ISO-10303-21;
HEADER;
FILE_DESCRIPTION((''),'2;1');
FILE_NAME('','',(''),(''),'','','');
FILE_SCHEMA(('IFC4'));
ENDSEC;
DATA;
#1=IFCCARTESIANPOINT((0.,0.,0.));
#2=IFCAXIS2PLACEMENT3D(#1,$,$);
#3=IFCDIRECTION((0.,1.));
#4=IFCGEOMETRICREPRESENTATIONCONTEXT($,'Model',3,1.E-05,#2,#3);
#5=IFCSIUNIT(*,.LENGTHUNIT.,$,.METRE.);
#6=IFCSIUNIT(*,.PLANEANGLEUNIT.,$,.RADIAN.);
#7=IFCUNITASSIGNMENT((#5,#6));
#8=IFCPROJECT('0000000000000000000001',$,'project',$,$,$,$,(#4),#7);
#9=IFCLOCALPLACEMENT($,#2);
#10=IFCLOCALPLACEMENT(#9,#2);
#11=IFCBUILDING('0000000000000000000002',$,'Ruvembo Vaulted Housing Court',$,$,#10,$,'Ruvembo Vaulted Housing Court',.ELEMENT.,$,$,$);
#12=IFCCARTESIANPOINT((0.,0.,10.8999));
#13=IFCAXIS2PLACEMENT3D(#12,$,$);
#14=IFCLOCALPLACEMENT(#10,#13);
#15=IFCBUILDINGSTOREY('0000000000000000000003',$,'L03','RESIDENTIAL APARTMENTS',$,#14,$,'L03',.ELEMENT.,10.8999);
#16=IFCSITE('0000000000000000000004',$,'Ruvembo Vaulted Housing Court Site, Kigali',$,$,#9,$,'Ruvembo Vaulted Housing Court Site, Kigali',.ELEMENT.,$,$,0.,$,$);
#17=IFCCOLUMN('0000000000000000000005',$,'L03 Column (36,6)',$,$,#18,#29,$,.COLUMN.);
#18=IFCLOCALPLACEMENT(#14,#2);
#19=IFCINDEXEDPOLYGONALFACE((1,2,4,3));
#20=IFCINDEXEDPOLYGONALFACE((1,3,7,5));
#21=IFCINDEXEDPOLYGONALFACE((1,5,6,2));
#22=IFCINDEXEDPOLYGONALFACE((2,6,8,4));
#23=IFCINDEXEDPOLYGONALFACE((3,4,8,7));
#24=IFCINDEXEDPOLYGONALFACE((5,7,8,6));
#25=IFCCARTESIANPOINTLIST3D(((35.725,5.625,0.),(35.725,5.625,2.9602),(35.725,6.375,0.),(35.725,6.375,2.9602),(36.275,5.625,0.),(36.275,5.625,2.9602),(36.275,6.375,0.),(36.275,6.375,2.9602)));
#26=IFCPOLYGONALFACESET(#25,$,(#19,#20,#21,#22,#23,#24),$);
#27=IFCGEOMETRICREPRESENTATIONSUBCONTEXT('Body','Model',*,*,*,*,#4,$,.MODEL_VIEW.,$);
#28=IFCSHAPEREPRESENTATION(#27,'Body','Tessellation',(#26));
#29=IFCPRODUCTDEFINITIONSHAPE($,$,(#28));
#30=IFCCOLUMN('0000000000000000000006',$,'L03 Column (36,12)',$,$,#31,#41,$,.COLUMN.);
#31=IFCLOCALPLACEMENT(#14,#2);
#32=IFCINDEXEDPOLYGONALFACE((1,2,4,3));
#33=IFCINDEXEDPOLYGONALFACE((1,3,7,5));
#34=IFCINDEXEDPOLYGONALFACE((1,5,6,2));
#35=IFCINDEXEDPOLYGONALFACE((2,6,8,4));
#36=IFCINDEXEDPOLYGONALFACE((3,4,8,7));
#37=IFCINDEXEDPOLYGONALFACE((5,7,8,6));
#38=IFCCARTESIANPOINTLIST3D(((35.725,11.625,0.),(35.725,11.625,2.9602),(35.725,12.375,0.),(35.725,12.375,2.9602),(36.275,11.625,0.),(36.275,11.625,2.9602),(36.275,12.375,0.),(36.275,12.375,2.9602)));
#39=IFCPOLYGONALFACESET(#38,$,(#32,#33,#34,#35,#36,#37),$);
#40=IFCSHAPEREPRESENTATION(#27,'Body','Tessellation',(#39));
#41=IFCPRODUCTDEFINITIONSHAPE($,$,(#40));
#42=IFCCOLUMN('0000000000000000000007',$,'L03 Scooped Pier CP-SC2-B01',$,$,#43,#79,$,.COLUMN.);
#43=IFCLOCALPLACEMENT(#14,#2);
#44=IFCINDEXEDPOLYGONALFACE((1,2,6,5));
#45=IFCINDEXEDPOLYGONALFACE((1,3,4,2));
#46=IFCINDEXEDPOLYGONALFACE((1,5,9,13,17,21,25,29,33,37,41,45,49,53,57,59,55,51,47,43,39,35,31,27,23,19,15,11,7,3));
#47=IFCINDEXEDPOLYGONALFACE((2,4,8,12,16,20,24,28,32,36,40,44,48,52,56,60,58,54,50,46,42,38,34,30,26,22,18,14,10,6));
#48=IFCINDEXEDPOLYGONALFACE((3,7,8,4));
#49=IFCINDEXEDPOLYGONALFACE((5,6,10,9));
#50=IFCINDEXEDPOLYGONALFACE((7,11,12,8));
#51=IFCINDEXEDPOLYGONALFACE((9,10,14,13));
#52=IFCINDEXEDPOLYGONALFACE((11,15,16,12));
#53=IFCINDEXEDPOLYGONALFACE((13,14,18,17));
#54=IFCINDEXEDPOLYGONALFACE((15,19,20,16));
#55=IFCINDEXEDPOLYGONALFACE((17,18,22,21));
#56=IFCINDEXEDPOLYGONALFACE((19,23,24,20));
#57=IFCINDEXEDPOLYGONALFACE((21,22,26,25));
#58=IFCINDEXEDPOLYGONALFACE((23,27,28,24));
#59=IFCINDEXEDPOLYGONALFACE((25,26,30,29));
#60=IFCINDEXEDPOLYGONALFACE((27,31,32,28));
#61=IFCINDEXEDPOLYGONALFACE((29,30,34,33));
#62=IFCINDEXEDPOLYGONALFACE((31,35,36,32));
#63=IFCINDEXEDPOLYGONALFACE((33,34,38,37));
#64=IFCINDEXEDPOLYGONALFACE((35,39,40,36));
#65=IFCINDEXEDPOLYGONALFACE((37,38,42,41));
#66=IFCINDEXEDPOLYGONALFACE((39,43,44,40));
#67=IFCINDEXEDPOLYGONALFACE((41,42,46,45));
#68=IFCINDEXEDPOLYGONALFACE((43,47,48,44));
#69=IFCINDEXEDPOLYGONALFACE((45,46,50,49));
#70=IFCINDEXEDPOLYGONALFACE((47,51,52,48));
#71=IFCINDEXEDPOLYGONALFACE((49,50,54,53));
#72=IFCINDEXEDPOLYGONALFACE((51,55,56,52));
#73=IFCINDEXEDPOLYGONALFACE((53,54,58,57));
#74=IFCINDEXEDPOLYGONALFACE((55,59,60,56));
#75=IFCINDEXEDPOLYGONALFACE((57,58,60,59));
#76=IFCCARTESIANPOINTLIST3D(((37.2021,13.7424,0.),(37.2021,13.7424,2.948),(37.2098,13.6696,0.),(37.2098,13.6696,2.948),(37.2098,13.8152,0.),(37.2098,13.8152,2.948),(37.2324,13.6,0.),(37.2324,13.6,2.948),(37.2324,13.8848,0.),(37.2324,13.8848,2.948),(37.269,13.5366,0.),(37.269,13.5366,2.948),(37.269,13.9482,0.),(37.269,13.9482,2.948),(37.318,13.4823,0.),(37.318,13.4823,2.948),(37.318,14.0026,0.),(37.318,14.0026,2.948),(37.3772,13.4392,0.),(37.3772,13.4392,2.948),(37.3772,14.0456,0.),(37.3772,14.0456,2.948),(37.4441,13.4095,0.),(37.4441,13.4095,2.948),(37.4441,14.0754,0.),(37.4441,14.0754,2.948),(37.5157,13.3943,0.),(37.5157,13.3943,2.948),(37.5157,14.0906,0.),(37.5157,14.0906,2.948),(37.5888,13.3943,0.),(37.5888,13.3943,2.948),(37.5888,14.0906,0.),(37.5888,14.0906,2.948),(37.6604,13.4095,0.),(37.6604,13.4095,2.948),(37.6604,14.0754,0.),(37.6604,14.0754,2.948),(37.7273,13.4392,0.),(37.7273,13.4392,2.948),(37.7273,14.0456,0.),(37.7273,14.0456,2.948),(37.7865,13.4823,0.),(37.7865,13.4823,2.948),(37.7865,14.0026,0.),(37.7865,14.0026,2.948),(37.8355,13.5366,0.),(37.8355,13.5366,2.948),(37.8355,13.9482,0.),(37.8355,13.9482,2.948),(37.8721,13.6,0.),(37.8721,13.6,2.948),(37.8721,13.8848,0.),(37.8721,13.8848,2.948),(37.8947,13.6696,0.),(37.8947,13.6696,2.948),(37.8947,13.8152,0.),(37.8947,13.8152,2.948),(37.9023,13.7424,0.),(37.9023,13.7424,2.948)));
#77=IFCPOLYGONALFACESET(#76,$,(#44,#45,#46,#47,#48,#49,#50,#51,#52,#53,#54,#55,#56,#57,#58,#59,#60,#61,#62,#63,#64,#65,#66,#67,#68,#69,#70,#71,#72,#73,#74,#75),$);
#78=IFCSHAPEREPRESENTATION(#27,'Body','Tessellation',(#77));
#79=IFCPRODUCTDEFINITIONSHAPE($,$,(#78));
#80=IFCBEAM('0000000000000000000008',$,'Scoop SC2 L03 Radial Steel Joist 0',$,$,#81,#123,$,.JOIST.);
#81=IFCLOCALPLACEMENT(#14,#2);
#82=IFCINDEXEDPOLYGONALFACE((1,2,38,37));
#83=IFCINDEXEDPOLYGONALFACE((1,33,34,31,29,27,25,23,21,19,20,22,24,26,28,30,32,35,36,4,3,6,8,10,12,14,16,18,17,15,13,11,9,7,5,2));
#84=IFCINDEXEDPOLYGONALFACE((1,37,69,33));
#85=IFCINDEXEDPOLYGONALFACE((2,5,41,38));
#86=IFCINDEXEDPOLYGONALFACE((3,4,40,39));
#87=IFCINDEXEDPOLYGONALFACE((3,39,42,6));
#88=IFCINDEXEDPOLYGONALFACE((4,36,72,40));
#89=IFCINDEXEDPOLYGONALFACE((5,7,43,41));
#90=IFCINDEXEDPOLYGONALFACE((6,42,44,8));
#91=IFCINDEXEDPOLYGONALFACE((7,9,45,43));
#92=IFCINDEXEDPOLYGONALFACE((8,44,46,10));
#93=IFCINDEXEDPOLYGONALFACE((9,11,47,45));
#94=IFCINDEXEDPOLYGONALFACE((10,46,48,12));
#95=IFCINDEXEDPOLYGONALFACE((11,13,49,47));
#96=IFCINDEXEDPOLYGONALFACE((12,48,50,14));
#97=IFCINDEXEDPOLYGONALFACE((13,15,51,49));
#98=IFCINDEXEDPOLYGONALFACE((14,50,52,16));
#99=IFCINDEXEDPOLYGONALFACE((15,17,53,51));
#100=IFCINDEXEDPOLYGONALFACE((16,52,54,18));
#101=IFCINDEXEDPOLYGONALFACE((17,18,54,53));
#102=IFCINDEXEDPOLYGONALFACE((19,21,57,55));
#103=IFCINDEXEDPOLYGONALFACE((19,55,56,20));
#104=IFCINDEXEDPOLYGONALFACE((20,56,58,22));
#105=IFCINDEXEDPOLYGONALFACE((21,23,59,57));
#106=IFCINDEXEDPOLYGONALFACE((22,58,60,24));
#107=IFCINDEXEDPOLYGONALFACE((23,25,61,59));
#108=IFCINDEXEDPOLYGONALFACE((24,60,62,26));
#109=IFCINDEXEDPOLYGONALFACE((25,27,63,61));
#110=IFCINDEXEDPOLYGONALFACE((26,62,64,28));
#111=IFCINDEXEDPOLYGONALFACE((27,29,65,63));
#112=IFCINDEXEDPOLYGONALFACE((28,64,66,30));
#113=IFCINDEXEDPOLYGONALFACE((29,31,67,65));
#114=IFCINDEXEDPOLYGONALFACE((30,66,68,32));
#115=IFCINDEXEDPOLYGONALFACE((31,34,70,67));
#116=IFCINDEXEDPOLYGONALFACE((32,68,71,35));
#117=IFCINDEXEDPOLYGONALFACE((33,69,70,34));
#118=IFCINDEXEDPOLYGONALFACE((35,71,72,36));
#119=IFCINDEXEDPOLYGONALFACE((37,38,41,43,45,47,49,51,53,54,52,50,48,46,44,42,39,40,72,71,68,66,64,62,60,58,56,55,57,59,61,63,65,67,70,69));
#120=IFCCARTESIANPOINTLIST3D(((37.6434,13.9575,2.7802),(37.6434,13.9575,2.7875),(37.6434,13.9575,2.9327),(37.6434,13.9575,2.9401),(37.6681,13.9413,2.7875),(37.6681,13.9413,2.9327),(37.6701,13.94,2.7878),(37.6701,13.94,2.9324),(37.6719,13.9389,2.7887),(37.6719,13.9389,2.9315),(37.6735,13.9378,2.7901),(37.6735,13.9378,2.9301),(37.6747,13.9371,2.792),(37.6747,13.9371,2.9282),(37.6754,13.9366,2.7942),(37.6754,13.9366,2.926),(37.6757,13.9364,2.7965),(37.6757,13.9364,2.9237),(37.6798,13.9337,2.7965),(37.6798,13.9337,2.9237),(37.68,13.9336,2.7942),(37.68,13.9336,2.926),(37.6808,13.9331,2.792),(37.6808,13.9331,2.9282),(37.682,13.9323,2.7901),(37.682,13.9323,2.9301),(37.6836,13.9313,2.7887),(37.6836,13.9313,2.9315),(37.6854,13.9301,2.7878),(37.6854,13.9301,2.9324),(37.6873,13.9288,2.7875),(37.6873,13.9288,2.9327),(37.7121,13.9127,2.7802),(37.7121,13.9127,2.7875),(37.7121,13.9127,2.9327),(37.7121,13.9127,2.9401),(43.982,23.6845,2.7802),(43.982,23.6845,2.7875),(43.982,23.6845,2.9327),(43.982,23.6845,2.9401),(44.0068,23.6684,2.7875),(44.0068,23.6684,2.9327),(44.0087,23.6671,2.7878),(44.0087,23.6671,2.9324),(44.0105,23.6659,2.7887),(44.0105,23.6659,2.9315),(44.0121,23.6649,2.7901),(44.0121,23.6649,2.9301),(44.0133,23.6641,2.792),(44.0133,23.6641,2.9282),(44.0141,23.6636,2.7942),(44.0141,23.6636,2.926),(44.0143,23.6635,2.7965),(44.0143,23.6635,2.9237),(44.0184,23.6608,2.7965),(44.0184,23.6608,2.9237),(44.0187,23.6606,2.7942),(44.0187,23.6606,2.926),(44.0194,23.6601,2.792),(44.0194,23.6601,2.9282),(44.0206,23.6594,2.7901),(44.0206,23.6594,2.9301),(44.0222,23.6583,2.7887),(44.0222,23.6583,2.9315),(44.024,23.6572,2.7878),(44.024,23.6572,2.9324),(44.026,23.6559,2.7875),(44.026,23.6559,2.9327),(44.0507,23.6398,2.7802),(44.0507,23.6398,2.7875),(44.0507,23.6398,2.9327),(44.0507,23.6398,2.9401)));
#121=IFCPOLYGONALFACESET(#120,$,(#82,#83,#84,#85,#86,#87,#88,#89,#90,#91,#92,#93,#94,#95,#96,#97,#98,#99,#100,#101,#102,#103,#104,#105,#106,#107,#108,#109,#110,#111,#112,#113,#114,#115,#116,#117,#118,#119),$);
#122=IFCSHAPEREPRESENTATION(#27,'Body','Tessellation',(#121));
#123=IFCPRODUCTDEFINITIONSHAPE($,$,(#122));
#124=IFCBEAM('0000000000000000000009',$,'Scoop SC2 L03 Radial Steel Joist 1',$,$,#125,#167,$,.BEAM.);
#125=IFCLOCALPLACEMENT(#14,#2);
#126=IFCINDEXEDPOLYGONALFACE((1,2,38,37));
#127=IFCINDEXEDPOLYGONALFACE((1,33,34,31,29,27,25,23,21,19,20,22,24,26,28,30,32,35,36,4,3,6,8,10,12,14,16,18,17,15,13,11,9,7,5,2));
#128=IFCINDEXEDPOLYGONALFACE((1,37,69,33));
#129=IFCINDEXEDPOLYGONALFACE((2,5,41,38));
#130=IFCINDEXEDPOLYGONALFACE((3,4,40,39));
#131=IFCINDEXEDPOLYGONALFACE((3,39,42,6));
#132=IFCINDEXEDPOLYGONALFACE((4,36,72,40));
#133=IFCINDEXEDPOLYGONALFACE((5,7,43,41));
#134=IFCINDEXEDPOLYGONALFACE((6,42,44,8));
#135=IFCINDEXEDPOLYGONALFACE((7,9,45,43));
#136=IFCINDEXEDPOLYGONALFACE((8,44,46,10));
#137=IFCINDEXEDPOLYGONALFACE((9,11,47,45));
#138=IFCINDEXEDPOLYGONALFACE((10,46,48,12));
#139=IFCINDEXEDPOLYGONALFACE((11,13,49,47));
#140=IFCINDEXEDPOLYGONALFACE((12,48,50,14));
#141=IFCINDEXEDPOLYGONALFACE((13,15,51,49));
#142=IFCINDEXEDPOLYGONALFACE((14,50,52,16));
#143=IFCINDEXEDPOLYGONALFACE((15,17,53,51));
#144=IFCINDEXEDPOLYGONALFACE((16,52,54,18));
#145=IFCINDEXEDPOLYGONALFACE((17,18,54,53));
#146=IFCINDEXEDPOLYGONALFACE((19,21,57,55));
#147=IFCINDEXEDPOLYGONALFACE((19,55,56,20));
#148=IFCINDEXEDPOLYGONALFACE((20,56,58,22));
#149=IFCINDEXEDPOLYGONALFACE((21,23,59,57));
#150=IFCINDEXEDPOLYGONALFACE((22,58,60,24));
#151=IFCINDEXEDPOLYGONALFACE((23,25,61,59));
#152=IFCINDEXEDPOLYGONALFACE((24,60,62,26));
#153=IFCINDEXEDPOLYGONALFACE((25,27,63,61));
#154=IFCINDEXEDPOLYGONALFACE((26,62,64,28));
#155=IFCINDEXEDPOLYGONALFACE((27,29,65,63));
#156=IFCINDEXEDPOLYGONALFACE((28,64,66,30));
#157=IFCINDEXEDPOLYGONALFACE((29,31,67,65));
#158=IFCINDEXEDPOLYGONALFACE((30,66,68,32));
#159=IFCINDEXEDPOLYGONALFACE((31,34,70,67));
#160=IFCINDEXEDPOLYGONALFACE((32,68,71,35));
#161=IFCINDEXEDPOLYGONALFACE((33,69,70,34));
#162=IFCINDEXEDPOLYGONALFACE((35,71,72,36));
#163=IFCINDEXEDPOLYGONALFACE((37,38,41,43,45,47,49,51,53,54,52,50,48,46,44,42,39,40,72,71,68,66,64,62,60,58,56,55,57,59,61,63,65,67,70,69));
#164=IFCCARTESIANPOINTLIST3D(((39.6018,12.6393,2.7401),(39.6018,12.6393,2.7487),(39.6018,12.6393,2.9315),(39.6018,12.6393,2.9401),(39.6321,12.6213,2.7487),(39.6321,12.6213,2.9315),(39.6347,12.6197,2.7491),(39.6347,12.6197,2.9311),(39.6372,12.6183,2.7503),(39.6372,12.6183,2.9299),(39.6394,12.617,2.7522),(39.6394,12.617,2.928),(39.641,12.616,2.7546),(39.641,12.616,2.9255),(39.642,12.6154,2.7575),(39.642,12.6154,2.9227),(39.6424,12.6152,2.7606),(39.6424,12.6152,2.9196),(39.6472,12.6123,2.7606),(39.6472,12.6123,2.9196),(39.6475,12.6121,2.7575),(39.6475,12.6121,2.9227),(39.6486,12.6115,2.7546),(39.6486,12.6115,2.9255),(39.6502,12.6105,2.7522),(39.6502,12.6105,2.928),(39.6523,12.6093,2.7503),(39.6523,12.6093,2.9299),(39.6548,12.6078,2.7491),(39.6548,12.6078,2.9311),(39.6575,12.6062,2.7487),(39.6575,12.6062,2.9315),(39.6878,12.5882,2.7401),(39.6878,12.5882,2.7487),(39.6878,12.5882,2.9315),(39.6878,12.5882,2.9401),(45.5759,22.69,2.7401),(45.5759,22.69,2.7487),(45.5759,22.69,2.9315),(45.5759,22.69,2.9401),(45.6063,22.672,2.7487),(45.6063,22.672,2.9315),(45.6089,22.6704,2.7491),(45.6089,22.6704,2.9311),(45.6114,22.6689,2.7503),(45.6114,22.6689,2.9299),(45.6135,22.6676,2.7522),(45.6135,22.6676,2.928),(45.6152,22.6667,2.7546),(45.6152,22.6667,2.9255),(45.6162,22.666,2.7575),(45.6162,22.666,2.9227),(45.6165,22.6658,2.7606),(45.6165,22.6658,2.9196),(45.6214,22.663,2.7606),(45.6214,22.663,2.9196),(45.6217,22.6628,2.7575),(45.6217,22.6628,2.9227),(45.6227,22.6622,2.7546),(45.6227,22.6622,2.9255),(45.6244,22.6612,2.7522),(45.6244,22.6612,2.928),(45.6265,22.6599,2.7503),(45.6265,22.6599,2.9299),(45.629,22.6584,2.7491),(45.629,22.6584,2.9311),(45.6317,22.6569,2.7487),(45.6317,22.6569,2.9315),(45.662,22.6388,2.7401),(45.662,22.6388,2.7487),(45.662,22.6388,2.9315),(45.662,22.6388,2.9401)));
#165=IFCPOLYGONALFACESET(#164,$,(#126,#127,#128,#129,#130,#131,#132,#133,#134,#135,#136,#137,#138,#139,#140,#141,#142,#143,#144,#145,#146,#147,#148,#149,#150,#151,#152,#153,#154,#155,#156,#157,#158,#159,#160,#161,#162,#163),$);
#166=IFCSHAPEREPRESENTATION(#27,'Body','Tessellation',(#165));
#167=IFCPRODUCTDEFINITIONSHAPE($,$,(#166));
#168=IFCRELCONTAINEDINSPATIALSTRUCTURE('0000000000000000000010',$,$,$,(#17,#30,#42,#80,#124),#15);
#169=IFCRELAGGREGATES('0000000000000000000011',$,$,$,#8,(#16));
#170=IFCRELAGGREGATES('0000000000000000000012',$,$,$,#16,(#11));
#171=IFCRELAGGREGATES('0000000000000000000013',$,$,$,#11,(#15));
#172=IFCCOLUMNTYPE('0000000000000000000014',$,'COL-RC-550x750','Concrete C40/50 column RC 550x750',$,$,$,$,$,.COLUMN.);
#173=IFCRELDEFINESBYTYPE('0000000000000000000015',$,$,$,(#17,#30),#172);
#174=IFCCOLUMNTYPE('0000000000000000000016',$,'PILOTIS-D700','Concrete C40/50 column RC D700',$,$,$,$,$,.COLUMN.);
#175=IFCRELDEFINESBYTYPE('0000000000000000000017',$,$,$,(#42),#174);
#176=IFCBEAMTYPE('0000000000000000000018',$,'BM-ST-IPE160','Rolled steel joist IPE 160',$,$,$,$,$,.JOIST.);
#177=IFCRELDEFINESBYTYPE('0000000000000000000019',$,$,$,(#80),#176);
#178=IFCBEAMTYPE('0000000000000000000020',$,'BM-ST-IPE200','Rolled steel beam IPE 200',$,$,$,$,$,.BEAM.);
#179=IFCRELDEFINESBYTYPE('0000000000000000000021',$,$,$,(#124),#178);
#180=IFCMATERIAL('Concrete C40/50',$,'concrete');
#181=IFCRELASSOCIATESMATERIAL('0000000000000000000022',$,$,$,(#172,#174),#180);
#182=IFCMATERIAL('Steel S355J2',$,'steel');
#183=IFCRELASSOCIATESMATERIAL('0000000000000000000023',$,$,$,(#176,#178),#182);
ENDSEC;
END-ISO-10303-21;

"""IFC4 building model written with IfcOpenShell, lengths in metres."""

from ifc_helpers import new_model, si_unit, direction, frame, origin, origin_2d, place, context, subcontext, project, spatial, rectangle, circle, i_section, extrude, material, material_profile, profile_set, type_object, element, save


model = new_model("IFC4")

# Units and contexts
model_context = context("Model", 3, precision=1e-05, world=origin(), true_north=direction((0.0, 1.0)))
body_context = subcontext(model_context, "Body", "Model", "MODEL_VIEW")
ifc_project = project(units=[si_unit("LENGTHUNIT", "METRE"), si_unit("PLANEANGLEUNIT", "RADIAN")], contexts=[model_context])

# Site, building, storey
site_placement = place(None, origin())
site = spatial("IfcSite", under=ifc_project, at=site_placement, Name="Ruvembo Vaulted Housing Court Site, Kigali", LongName="Ruvembo Vaulted Housing Court Site, Kigali", CompositionType="ELEMENT", RefElevation=0.0)
building_placement = place(site_placement, origin())
building = spatial("IfcBuilding", under=site, at=building_placement, Name="Ruvembo Vaulted Housing Court", LongName="Ruvembo Vaulted Housing Court", CompositionType="ELEMENT")
storey_placement = place(building_placement, frame((0.0, 0.0, 10.8999)))
storey = spatial("IfcBuildingStorey", under=building, at=storey_placement, Name="L03", Description="RESIDENTIAL APARTMENTS", LongName="L03", CompositionType="ELEMENT", Elevation=10.8999)

# Columns
ifc_material_1 = material(Name="Concrete C40/50", Category="concrete")
ifc_material_profile_1 = material_profile(ifc_material_1, rectangle(XDim=0.55, YDim=0.75, at=origin_2d()), Name="RC 550x750")
ifc_profile_set_1 = profile_set([ifc_material_profile_1], Name="Concrete C40/50")
column_type_1 = type_object("IfcColumnType", Name="COL-RC-550x750", Description="Concrete C40/50 column RC 550x750", PredefinedType="COLUMN", material=ifc_profile_set_1)
for number, where, z_axis, x_axis, name in (
    (1, (36.0, 6.0, 0.0), (0.0, 0.0, 1.0), (1.0, 0.0, 0.0), "L03 Column (36,6)"),
    (2, (36.0, 12.0, 0.0), (0.0, 0.0, 1.0), (1.0, 0.0, 0.0), "L03 Column (36,12)"),
):
    element("IfcColumn", number, at=place(storey_placement, frame(where, z_axis=z_axis, x_axis=x_axis)), inside=storey, type_object=column_type_1, Name=name, PredefinedType="COLUMN", context=body_context, shape_type="SweptSolid", body=[
        extrude(rectangle(XDim=0.55, YDim=0.75, at=origin_2d()), origin(), (0.0, 0.0, 1.0), 2.9602),
    ])
ifc_material_profile_2 = material_profile(ifc_material_1, circle(Radius=0.3501, at=origin_2d()), Name="RC D700")
ifc_profile_set_2 = profile_set([ifc_material_profile_2], Name="Concrete C40/50")
column_type_2 = type_object("IfcColumnType", Name="PILOTIS-D700", Description="Concrete C40/50 column RC D700", PredefinedType="COLUMN", material=ifc_profile_set_2)
column_placement = place(storey_placement, frame((37.5522, 13.7424, 0.0), z_axis=(0.0, 0.0, 1.0), x_axis=(1.0, 0.0, 0.0)))
element("IfcColumn", 3, at=column_placement, inside=storey, type_object=column_type_2, Name="L03 Scooped Pier CP-SC2-B01", PredefinedType="COLUMN", context=body_context, shape_type="SweptSolid", body=[
    extrude(circle(Radius=0.3501, at=origin_2d()), origin(), (0.0, 0.0, 1.0), 2.948),
])

# Beams
ifc_material_2 = material(Name="Steel S355J2", Category="steel")
ifc_material_profile_3 = material_profile(ifc_material_2, i_section(OverallWidth=0.082, OverallDepth=0.1599, WebThickness=0.0049, FlangeThickness=0.0073, FilletRadius=0.009, at=origin_2d()), Name="IPE 160")
ifc_profile_set_3 = profile_set([ifc_material_profile_3], Name="Steel S355J2")
beam_type_1 = type_object("IfcBeamType", Name="BM-ST-IPE160", Description="Rolled steel joist IPE 160", PredefinedType="JOIST", material=ifc_profile_set_3)
beam_1_placement = place(storey_placement, frame((37.6777, 13.9351, 2.8601), z_axis=(0.545959, 0.837812, 0.0), x_axis=(-0.837812, 0.545959, 0.0)))
element("IfcBeam", 4, at=beam_1_placement, inside=storey, type_object=beam_type_1, Name="Scoop SC2 L03 Radial Steel Joist 0", PredefinedType="JOIST", context=body_context, shape_type="SweptSolid", body=[
    extrude(i_section(OverallWidth=0.082, OverallDepth=0.1599, WebThickness=0.0049, FlangeThickness=0.0073, FilletRadius=0.009, at=origin_2d()), origin(), (0.0, 0.0, 1.0), 11.6101),
])
ifc_material_profile_4 = material_profile(ifc_material_2, i_section(OverallWidth=0.1001, OverallDepth=0.2, WebThickness=0.0056, FlangeThickness=0.0085, FilletRadius=0.012, at=origin_2d()), Name="IPE 200")
ifc_profile_set_4 = profile_set([ifc_material_profile_4], Name="Steel S355J2")
beam_type_2 = type_object("IfcBeamType", Name="BM-ST-IPE200", Description="Rolled steel beam IPE 200", PredefinedType="BEAM", material=ifc_profile_set_4)
beam_2_placement = place(storey_placement, frame((39.6448, 12.6138, 2.8401), z_axis=(0.510957, 0.859606, 0.0), x_axis=(-0.859606, 0.510957, 0.0)))
element("IfcBeam", 5, at=beam_2_placement, inside=storey, type_object=beam_type_2, Name="Scoop SC2 L03 Radial Steel Joist 1", PredefinedType="BEAM", context=body_context, shape_type="SweptSolid", body=[
    extrude(i_section(OverallWidth=0.1001, OverallDepth=0.2, WebThickness=0.0056, FlangeThickness=0.0085, FilletRadius=0.012, at=origin_2d()), origin(), (0.0, 0.0, 1.0), 11.6921),
])

save(model, "model.ifc")
